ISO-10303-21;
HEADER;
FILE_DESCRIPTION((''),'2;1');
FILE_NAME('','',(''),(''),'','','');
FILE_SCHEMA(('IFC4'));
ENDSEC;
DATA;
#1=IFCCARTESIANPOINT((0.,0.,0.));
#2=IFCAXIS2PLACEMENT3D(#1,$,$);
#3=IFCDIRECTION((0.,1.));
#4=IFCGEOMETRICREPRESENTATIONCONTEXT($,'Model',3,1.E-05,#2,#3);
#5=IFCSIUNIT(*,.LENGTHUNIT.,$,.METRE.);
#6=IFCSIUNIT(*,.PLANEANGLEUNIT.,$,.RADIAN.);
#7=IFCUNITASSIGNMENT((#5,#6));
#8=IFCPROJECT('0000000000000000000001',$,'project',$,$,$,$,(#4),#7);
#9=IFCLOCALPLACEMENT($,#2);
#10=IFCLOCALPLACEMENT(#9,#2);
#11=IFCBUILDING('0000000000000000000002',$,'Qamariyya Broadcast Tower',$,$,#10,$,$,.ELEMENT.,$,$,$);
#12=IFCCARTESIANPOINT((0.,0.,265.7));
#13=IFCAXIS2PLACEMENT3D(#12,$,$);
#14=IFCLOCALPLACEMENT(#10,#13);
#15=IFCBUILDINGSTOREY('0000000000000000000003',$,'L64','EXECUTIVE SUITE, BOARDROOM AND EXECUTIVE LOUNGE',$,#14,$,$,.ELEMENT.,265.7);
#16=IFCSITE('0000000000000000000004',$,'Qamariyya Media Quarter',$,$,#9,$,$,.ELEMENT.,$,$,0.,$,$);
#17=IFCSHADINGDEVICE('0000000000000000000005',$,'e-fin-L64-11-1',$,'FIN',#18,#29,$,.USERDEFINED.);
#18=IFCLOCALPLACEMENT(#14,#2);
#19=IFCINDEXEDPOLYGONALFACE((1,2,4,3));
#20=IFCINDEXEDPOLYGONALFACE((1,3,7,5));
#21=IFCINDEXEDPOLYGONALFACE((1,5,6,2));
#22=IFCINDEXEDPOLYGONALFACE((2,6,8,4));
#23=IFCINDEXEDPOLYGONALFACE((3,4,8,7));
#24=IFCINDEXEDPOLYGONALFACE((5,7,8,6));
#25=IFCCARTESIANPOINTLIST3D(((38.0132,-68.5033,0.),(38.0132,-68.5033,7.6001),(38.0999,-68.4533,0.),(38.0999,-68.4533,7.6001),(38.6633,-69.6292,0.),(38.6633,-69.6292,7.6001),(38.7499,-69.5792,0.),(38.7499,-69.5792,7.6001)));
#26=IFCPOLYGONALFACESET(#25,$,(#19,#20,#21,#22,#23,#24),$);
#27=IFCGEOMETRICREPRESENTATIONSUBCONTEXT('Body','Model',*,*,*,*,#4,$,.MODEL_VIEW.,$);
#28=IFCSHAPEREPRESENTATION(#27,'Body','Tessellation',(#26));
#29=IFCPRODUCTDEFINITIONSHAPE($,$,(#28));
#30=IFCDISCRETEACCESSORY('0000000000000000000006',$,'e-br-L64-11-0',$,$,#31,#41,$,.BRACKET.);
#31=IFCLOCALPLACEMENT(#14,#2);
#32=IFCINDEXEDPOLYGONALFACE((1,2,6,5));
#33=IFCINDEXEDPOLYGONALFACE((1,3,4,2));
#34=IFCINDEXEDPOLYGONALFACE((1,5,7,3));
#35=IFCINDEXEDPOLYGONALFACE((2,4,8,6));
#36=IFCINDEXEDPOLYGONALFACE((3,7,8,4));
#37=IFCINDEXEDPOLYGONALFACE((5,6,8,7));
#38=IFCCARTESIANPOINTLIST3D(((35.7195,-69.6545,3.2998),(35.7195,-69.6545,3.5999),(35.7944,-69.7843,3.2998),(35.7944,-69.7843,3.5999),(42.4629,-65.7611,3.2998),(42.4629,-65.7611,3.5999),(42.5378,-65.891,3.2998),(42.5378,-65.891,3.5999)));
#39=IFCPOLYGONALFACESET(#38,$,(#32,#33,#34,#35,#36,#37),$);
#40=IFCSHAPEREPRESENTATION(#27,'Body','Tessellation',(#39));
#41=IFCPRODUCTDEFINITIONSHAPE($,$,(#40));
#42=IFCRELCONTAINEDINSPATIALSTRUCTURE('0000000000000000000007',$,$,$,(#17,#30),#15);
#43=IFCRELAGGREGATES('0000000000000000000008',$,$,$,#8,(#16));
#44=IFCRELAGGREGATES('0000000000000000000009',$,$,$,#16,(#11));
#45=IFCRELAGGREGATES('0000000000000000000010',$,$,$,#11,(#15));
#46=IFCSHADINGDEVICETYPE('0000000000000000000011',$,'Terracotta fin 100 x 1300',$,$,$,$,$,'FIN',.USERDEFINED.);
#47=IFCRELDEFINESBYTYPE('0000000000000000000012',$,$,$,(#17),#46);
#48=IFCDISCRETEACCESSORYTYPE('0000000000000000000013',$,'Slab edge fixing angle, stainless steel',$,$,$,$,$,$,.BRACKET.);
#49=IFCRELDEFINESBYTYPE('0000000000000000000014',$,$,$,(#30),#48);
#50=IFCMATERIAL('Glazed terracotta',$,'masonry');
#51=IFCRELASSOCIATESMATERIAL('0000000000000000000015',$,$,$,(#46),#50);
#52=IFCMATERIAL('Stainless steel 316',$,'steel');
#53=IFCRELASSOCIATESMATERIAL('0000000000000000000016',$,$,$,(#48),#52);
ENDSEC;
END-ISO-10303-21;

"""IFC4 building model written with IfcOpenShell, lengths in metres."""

from ifc_helpers import new_model, si_unit, direction, frame, origin, origin_2d, place, context, subcontext, project, spatial, rectangle, extrude, material, material_profile, profile_set, type_object, element, save


model = new_model("IFC4")

# Units and contexts
model_context = context("Model", 3, precision=1e-05, world=origin(), true_north=direction((0.0, 1.0)))
body_context = subcontext(model_context, "Body", "Model", "MODEL_VIEW")
ifc_project = project(units=[si_unit("LENGTHUNIT", "METRE"), si_unit("PLANEANGLEUNIT", "RADIAN")], contexts=[model_context])

# Site, building, storey
site_placement = place(None, origin())
site = spatial("IfcSite", under=ifc_project, at=site_placement, Name="Qamariyya Media Quarter", CompositionType="ELEMENT", RefElevation=0.0)
building_placement = place(site_placement, origin())
building = spatial("IfcBuilding", under=site, at=building_placement, Name="Qamariyya Broadcast Tower", CompositionType="ELEMENT")
storey_placement = place(building_placement, frame((0.0, 0.0, 265.7)))
storey = spatial("IfcBuildingStorey", under=building, at=storey_placement, Name="L64", Description="EXECUTIVE SUITE, BOARDROOM AND EXECUTIVE LOUNGE", CompositionType="ELEMENT", Elevation=265.7)

# Shading device
ifc_material_1 = material(Name="Glazed terracotta", Category="masonry")
ifc_material_profile = material_profile(ifc_material_1, rectangle(XDim=1.3, YDim=0.1001, at=origin_2d()))
ifc_profile_set = profile_set([ifc_material_profile], Name="Glazed terracotta")
shading_device_type = type_object("IfcShadingDeviceType", Name="Terracotta fin 100 x 1300", ElementType="FIN", PredefinedType="USERDEFINED", material=ifc_profile_set)
shading_device_placement = place(storey_placement, frame((38.3816, -69.0413, 0.0), z_axis=(0.0, 0.0, 1.0), x_axis=(0.5, -0.866025, 0.0)))
element("IfcShadingDevice", 1, at=shading_device_placement, inside=storey, type_object=shading_device_type, Name="e-fin-L64-11-1", ObjectType="FIN", PredefinedType="USERDEFINED", context=body_context, shape_type="SweptSolid", body=[
    extrude(rectangle(XDim=1.3, YDim=0.1001, at=origin_2d()), origin(), (0.0, 0.0, 1.0), 7.6001),
])

# Discrete accessory
ifc_material_2 = material(Name="Stainless steel 316", Category="steel")
discrete_accessory_type = type_object("IfcDiscreteAccessoryType", Name="Slab edge fixing angle, stainless steel", PredefinedType="BRACKET", material=ifc_material_2)
discrete_accessory_placement = place(storey_placement, frame((39.1287, -67.7727, 3.2998), z_axis=(0.0, 0.0, 1.0), x_axis=(0.866025, 0.5, 0.0)))
element("IfcDiscreteAccessory", 2, at=discrete_accessory_placement, inside=storey, type_object=discrete_accessory_type, Name="e-br-L64-11-0", PredefinedType="BRACKET", context=body_context, shape_type="SweptSolid", body=[
    extrude(rectangle(XDim=7.7866, YDim=0.1499, at=origin_2d()), origin(), (0.0, 0.0, 1.0), 0.3),
])

save(model, "model.ifc")
